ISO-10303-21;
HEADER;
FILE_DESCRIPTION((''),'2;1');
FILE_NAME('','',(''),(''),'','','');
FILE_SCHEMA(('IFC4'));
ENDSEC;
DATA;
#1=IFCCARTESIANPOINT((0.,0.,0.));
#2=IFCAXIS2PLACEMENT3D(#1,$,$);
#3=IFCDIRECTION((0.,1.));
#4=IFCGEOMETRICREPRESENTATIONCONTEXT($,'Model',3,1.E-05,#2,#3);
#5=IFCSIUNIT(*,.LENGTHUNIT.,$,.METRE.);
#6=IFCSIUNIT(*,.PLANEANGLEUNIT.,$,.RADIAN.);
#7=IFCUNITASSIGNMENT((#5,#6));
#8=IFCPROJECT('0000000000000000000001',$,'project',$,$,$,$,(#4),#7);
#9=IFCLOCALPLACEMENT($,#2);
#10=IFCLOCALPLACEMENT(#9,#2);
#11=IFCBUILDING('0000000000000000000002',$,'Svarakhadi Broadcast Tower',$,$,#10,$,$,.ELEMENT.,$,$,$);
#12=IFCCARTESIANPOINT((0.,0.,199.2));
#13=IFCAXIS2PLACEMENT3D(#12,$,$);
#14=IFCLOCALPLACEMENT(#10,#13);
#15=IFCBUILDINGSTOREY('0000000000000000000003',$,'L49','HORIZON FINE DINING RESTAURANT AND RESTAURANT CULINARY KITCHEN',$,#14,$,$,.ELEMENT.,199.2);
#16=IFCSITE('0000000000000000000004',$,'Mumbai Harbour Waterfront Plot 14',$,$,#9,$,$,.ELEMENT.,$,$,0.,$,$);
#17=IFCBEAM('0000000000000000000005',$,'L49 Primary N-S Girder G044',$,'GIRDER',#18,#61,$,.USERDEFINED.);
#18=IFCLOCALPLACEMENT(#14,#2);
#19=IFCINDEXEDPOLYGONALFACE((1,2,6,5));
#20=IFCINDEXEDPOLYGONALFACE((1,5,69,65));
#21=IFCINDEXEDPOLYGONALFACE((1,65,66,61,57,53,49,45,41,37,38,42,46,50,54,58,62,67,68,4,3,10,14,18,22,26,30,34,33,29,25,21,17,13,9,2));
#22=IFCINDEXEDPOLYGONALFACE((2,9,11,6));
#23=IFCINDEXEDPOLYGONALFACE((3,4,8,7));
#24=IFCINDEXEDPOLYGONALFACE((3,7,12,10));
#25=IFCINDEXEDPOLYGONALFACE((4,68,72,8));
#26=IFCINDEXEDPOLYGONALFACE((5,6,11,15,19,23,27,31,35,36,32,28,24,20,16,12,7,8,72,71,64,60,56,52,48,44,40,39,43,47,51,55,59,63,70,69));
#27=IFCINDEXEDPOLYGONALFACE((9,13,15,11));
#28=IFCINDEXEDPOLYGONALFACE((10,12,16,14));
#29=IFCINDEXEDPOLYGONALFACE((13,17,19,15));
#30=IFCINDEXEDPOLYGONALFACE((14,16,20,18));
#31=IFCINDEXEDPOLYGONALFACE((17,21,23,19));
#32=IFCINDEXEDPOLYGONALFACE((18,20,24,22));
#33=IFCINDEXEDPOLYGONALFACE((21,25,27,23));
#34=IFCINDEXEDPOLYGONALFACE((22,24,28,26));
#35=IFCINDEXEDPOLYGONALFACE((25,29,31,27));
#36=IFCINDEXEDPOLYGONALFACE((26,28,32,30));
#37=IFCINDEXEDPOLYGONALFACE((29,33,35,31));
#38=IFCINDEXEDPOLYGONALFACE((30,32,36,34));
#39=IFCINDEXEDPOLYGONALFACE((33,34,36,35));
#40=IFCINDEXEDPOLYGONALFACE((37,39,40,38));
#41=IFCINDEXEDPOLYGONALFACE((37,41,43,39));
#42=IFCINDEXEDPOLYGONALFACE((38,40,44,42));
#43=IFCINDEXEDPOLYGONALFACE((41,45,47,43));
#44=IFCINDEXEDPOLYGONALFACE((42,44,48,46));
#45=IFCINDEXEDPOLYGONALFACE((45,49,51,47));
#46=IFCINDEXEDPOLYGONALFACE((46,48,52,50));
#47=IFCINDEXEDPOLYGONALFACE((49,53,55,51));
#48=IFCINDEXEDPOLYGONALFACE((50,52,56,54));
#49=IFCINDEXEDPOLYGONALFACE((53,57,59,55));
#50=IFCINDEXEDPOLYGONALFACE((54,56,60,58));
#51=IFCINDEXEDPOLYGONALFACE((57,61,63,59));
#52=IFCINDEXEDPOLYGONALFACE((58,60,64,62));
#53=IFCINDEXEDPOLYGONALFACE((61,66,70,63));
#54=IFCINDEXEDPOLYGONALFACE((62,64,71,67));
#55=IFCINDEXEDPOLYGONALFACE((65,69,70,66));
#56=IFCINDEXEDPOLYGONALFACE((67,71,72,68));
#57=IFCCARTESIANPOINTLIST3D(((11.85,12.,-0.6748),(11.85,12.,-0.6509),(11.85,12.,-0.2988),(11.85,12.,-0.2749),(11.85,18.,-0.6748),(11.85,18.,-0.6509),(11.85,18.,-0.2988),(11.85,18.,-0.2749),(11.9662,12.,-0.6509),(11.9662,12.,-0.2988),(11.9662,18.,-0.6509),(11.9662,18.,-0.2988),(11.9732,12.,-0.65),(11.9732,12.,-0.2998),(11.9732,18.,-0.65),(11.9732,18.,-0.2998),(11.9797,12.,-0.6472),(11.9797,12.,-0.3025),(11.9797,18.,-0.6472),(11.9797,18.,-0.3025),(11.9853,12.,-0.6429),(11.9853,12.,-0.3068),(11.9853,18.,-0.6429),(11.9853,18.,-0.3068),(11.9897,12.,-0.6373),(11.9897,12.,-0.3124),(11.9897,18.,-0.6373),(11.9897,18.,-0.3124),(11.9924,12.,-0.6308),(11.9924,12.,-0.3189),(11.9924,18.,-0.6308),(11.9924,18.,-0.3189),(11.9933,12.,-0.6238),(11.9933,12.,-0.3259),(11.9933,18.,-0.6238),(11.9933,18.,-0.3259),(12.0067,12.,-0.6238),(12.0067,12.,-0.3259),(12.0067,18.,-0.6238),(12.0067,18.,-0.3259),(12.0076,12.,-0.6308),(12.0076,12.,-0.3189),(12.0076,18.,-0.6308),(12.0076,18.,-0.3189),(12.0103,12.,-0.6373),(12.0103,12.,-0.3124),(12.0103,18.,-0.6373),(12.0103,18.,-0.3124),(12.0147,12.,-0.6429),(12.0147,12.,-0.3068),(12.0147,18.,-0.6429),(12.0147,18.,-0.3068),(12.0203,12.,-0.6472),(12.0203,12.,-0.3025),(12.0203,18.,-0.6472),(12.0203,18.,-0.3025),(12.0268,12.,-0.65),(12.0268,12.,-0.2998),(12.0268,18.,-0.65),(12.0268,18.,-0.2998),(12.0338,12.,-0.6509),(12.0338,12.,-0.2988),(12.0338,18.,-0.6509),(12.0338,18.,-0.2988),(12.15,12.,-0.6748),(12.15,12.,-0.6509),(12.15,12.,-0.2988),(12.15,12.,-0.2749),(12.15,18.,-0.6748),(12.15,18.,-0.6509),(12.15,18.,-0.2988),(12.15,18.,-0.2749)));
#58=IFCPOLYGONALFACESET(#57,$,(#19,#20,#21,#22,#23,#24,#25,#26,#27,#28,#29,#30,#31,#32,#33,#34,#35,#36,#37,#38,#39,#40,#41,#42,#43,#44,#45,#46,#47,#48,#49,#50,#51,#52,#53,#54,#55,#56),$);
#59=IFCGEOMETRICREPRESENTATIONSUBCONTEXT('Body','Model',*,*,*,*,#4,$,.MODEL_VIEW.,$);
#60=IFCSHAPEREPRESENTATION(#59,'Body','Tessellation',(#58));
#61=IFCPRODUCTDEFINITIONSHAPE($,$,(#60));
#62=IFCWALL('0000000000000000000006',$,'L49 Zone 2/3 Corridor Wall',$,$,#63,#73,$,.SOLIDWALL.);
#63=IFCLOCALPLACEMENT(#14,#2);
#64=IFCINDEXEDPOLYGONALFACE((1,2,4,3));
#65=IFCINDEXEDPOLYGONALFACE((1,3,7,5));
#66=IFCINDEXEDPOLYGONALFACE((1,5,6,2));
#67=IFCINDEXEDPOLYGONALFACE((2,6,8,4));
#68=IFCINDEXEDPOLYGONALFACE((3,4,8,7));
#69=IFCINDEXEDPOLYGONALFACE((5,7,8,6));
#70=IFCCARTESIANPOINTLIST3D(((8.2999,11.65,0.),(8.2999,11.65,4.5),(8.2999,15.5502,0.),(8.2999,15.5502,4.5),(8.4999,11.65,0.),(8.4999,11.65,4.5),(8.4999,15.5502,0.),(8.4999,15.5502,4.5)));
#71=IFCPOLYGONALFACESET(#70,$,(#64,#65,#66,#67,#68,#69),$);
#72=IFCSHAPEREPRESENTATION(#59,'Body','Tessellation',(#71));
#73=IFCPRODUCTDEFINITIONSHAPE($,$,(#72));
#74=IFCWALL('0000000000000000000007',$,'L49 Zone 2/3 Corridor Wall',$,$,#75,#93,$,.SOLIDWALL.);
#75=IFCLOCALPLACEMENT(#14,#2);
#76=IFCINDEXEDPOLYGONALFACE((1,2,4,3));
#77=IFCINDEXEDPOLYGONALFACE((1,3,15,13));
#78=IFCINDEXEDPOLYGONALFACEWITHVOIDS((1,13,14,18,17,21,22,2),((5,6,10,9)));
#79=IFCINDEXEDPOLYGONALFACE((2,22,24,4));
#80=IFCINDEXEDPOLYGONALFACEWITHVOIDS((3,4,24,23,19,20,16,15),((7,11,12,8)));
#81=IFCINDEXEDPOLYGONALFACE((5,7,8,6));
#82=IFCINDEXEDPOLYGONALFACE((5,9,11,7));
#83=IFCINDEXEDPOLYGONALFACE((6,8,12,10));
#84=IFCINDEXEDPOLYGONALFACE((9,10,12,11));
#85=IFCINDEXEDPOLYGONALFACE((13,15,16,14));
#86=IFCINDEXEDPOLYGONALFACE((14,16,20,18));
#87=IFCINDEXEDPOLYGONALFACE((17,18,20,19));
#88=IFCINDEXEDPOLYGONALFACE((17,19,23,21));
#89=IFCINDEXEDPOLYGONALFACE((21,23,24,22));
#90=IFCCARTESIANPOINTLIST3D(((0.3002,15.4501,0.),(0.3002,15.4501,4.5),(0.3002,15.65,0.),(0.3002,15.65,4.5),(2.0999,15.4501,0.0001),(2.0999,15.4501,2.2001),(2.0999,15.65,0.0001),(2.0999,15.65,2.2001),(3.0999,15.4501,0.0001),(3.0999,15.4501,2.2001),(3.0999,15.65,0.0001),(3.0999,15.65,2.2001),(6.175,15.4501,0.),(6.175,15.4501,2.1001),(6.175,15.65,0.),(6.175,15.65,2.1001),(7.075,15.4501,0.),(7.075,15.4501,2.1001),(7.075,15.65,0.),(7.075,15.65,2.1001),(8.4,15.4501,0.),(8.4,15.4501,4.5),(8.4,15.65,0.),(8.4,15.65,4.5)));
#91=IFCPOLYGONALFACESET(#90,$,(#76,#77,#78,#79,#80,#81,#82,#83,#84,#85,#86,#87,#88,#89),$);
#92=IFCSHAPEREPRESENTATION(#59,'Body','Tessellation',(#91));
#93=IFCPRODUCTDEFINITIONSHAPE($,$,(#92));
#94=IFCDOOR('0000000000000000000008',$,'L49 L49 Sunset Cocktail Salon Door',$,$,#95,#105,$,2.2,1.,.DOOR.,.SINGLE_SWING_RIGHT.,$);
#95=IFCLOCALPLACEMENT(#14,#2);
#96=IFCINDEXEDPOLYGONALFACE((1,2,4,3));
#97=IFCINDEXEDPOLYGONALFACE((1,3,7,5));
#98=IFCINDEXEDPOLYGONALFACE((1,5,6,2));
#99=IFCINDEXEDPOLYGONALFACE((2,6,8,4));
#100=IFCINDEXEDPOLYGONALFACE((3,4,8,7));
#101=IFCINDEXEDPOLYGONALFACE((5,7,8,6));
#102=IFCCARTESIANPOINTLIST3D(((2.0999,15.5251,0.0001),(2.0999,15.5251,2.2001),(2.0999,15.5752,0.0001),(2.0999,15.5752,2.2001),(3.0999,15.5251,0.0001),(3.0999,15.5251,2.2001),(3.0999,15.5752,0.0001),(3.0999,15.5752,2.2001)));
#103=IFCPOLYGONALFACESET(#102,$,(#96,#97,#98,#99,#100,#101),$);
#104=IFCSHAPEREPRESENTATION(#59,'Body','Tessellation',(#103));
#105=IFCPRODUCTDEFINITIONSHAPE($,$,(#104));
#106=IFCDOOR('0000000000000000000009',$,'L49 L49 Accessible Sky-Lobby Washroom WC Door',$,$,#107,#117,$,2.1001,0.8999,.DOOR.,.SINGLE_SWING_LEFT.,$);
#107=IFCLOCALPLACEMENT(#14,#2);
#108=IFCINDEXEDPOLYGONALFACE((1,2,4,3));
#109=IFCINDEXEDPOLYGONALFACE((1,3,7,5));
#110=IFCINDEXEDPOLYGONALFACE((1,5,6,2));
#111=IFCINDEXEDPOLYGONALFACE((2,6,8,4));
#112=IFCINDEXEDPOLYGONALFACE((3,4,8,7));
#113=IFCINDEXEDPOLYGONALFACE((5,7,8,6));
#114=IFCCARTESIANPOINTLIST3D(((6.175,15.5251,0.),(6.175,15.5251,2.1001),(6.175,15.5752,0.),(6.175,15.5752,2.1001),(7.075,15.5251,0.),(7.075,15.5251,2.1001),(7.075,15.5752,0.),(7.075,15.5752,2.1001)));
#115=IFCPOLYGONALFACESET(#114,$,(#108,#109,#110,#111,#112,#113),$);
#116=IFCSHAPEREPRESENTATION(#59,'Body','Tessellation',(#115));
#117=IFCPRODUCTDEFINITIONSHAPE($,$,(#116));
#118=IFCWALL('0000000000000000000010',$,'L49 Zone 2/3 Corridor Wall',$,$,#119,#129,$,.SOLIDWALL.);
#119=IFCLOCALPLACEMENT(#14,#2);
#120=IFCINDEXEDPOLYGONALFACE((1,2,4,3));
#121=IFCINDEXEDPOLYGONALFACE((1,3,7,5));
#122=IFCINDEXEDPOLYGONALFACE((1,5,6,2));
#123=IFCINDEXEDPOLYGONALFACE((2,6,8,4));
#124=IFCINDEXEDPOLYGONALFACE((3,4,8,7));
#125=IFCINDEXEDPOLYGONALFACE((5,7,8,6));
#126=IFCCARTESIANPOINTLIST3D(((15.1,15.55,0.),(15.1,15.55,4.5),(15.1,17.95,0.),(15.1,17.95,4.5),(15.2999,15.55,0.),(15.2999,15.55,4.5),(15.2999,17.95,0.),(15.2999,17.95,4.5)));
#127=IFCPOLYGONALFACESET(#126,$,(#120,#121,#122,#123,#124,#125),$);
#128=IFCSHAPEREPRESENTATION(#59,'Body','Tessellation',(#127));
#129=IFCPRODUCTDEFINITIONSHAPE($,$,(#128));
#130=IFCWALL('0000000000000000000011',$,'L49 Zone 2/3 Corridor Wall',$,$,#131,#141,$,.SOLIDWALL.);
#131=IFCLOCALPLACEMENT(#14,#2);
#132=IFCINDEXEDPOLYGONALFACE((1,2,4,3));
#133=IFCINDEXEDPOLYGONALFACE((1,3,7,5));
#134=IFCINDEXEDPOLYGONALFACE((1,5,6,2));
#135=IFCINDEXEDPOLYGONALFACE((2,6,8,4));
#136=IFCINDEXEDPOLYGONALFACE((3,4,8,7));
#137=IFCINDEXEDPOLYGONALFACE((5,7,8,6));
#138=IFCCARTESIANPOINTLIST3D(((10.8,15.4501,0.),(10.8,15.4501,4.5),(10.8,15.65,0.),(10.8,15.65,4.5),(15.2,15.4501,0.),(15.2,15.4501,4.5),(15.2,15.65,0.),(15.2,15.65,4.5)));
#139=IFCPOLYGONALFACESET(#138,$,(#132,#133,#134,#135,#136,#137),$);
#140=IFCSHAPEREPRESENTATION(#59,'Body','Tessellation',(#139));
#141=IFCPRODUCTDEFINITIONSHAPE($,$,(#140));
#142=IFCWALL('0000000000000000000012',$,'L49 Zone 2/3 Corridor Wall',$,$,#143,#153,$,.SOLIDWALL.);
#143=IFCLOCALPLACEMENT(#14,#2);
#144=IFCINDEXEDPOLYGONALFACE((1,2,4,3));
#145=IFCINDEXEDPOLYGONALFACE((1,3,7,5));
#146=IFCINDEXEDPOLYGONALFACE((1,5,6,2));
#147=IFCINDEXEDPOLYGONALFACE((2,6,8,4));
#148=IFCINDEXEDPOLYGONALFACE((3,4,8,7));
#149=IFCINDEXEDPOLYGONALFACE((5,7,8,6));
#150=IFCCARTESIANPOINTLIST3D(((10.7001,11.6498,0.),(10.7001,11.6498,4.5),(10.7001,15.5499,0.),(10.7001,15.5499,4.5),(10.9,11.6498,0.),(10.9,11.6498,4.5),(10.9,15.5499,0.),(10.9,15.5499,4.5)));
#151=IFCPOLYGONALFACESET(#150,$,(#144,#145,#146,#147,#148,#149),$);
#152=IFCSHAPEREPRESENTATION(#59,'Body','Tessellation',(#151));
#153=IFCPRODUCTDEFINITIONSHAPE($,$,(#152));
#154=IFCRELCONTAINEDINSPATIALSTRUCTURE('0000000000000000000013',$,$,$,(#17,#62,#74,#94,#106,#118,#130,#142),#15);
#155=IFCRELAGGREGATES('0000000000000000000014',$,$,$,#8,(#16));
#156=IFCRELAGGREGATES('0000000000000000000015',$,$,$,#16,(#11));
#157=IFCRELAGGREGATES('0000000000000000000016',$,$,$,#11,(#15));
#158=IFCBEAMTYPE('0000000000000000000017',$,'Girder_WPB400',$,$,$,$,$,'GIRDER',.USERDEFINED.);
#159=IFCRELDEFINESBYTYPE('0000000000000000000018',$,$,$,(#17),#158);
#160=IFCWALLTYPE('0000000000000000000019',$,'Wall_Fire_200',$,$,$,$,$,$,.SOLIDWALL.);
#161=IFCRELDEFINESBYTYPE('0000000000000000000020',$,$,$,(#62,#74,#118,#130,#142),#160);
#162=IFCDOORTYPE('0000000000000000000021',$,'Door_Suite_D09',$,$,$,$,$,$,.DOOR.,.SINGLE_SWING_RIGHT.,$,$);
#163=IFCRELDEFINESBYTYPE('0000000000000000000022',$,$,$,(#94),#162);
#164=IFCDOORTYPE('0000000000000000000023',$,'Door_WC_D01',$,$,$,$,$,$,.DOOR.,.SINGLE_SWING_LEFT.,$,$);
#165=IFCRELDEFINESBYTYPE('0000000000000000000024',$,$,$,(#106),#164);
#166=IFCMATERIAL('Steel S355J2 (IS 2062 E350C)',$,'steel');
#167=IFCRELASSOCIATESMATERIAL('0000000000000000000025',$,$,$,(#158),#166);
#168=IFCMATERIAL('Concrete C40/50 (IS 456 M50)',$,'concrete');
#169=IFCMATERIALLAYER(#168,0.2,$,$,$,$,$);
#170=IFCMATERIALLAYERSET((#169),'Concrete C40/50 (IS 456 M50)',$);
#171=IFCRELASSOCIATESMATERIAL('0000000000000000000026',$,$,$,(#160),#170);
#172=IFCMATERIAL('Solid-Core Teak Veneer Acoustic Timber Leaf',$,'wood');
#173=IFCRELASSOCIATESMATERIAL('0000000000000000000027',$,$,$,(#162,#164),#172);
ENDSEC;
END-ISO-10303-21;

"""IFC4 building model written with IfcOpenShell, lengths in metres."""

from ifc_helpers import new_model, si_unit, direction, frame, frame_2d, origin, origin_2d, place, context, subcontext, project, spatial, rectangle, i_section, extrude, material, layer, layer_set, material_profile, profile_set, type_object, element, fill, save


model = new_model("IFC4")

# Units and contexts
model_context = context("Model", 3, precision=1e-05, world=origin(), true_north=direction((0.0, 1.0)))
body_context = subcontext(model_context, "Body", "Model", "MODEL_VIEW")
ifc_project = project(units=[si_unit("LENGTHUNIT", "METRE"), si_unit("PLANEANGLEUNIT", "RADIAN")], contexts=[model_context])

# Site, building, storey
site_placement = place(None, origin())
site = spatial("IfcSite", under=ifc_project, at=site_placement, Name="Mumbai Harbour Waterfront Plot 14", CompositionType="ELEMENT", RefElevation=0.0)
building_placement = place(site_placement, origin())
building = spatial("IfcBuilding", under=site, at=building_placement, Name="Svarakhadi Broadcast Tower", CompositionType="ELEMENT")
storey_placement = place(building_placement, frame((0.0, 0.0, 199.2)))
storey = spatial("IfcBuildingStorey", under=building, at=storey_placement, Name="L49", Description="HORIZON FINE DINING RESTAURANT AND RESTAURANT CULINARY KITCHEN", CompositionType="ELEMENT", Elevation=199.2)

# Beam
ifc_material_1 = material(Name="Steel S355J2 (IS 2062 E350C)", Category="steel")
ifc_material_profile_1 = material_profile(ifc_material_1, i_section(OverallWidth=0.3, OverallDepth=0.3999, WebThickness=0.0134, FlangeThickness=0.0239, FilletRadius=0.0271, at=origin_2d()), Name="WPB 400x300x155")
ifc_profile_set_1 = profile_set([ifc_material_profile_1], Name="Steel S355J2 (IS 2062 E350C)")
beam_type_1 = type_object("IfcBeamType", Name="Girder_WPB400", ElementType="GIRDER", PredefinedType="USERDEFINED", material=ifc_profile_set_1)
for number, where, z_axis, x_axis, name in (
    (1, (12.0, 12.0, -0.4749), (0.0, 1.0, 0.0), (-1.0, 0.0, 0.0), "L49 Primary N-S Girder G044"),
):
    element("IfcBeam", number, at=place(storey_placement, frame(where, z_axis=z_axis, x_axis=x_axis)), inside=storey, type_object=beam_type_1, Name=name, ObjectType="GIRDER", PredefinedType="USERDEFINED", context=body_context, shape_type="SweptSolid", body=[
        extrude(i_section(OverallWidth=0.3, OverallDepth=0.3999, WebThickness=0.0134, FlangeThickness=0.0239, FilletRadius=0.0271, at=origin_2d()), origin(), (0.0, 0.0, 1.0), 6.0),
    ])

# Wall
ifc_material_2 = material(Name="Concrete C40/50 (IS 456 M50)", Category="concrete")
ifc_layer_1 = layer(ifc_material_2, 0.2)
ifc_layer_set_1 = layer_set([ifc_layer_1], Name="Concrete C40/50 (IS 456 M50)")
wall_type_1 = type_object("IfcWallType", Name="Wall_Fire_200", PredefinedType="SOLIDWALL", material=ifc_layer_set_1)
wall_1_placement = place(storey_placement, frame((8.3999, 11.6499, 0.0), z_axis=(0.0, 0.0, 1.0), x_axis=(0.0, 1.0, 0.0)))
element("IfcWall", 2, at=wall_1_placement, inside=storey, type_object=wall_type_1, Name="L49 Zone 2/3 Corridor Wall", PredefinedType="SOLIDWALL", context=body_context, shape_type="SweptSolid", body=[
    extrude(rectangle(XDim=3.9001, YDim=0.2, at=frame_2d((1.9502, 0.0))), origin(), (0.0, 0.0, 1.0), 4.5),
])

# Wall, openings, doors
wall_2_placement = place(storey_placement, frame((8.3999, 15.55, 0.0), z_axis=(0.0, 0.0, 1.0), x_axis=(-1.0, 0.0, 0.0)))
wall_2 = element("IfcWall", 3, at=wall_2_placement, inside=storey, type_object=wall_type_1, Name="L49 Zone 2/3 Corridor Wall", PredefinedType="SOLIDWALL", context=body_context, shape_type="SweptSolid", body=[
    extrude(rectangle(XDim=8.0999, YDim=0.2, at=frame_2d((4.0498, 0.0))), origin(), (0.0, 0.0, 1.0), 4.5),
])
opening_1_placement = place(wall_2_placement, frame((5.3, 0.0, 0.0)))
opening_1 = element("IfcOpeningElement", 4, at=opening_1_placement, cuts=wall_2, PredefinedType="OPENING", context=body_context, shape_type="SweptSolid", body=[
    extrude(rectangle(XDim=1.0, YDim=2.2, at=frame_2d((0.5, 1.1001))), frame((0.0, 0.1099, 0.0), z_axis=(0.0, -1.0, 0.0), x_axis=(1.0, 0.0, 0.0)), (0.0, 0.0, 1.0), 0.22),
])
opening_2_placement = place(wall_2_placement, frame((1.325, 0.0, 0.0)))
opening_2 = element("IfcOpeningElement", 5, at=opening_2_placement, cuts=wall_2, PredefinedType="OPENING", context=body_context, shape_type="SweptSolid", body=[
    extrude(rectangle(XDim=0.8999, YDim=2.1001, at=frame_2d((0.45, 1.05))), frame((0.0, 0.1099, 0.0), z_axis=(0.0, -1.0, 0.0), x_axis=(1.0, 0.0, 0.0)), (0.0, 0.0, 1.0), 0.22),
])
ifc_material_3 = material(Name="Solid-Core Teak Veneer Acoustic Timber Leaf", Category="wood")
door_type_1 = type_object("IfcDoorType", Name="Door_Suite_D09", OperationType="SINGLE_SWING_RIGHT", PredefinedType="DOOR", material=ifc_material_3)
door_1_placement = place(opening_1_placement, origin())
door_1 = element("IfcDoor", 6, at=door_1_placement, inside=storey, type_object=door_type_1, Name="L49 L49 Sunset Cocktail Salon Door", OperationType="SINGLE_SWING_RIGHT", OverallHeight=2.2, OverallWidth=1.0, PredefinedType="DOOR", context=body_context, shape_type="SweptSolid", body=[
    extrude(rectangle(XDim=1.0, YDim=2.2, at=frame_2d((0.5, 1.1001))), frame((0.0, 0.0249, 0.0), z_axis=(0.0, -1.0, 0.0), x_axis=(1.0, 0.0, 0.0)), (0.0, 0.0, 1.0), 0.05),
])
fill(opening_1, door_1)
door_type_2 = type_object("IfcDoorType", Name="Door_WC_D01", OperationType="SINGLE_SWING_LEFT", PredefinedType="DOOR", material=ifc_material_3)
door_2_placement = place(opening_2_placement, origin())
door_2 = element("IfcDoor", 7, at=door_2_placement, inside=storey, type_object=door_type_2, Name="L49 L49 Accessible Sky-Lobby Washroom WC Door", OperationType="SINGLE_SWING_LEFT", OverallHeight=2.1001, OverallWidth=0.8999, PredefinedType="DOOR", context=body_context, shape_type="SweptSolid", body=[
    extrude(rectangle(XDim=0.8999, YDim=2.1001, at=frame_2d((0.45, 1.05))), frame((0.0, 0.0249, 0.0), z_axis=(0.0, -1.0, 0.0), x_axis=(1.0, 0.0, 0.0)), (0.0, 0.0, 1.0), 0.05),
])
fill(opening_2, door_2)

# Walls
wall_3_placement = place(storey_placement, frame((15.2, 17.95, 0.0), z_axis=(0.0, 0.0, 1.0), x_axis=(0.0, -1.0, 0.0)))
element("IfcWall", 8, at=wall_3_placement, inside=storey, type_object=wall_type_1, Name="L49 Zone 2/3 Corridor Wall", PredefinedType="SOLIDWALL", context=body_context, shape_type="SweptSolid", body=[
    extrude(rectangle(XDim=2.3999, YDim=0.2, at=frame_2d((1.2, 0.0))), origin(), (0.0, 0.0, 1.0), 4.5),
])
wall_4_placement = place(storey_placement, frame((15.2, 15.55, 0.0), z_axis=(0.0, 0.0, 1.0), x_axis=(-1.0, 0.0, 0.0)))
element("IfcWall", 9, at=wall_4_placement, inside=storey, type_object=wall_type_1, Name="L49 Zone 2/3 Corridor Wall", PredefinedType="SOLIDWALL", context=body_context, shape_type="SweptSolid", body=[
    extrude(rectangle(XDim=4.3999, YDim=0.2, at=frame_2d((2.2, 0.0))), origin(), (0.0, 0.0, 1.0), 4.5),
])
wall_5_placement = place(storey_placement, frame((10.8, 15.55, 0.0), z_axis=(0.0, 0.0, 1.0), x_axis=(0.0, -1.0, 0.0)))
element("IfcWall", 10, at=wall_5_placement, inside=storey, type_object=wall_type_1, Name="L49 Zone 2/3 Corridor Wall", PredefinedType="SOLIDWALL", context=body_context, shape_type="SweptSolid", body=[
    extrude(rectangle(XDim=3.9001, YDim=0.2, at=frame_2d((1.9502, 0.0))), origin(), (0.0, 0.0, 1.0), 4.5),
])

save(model, "model.ifc")
